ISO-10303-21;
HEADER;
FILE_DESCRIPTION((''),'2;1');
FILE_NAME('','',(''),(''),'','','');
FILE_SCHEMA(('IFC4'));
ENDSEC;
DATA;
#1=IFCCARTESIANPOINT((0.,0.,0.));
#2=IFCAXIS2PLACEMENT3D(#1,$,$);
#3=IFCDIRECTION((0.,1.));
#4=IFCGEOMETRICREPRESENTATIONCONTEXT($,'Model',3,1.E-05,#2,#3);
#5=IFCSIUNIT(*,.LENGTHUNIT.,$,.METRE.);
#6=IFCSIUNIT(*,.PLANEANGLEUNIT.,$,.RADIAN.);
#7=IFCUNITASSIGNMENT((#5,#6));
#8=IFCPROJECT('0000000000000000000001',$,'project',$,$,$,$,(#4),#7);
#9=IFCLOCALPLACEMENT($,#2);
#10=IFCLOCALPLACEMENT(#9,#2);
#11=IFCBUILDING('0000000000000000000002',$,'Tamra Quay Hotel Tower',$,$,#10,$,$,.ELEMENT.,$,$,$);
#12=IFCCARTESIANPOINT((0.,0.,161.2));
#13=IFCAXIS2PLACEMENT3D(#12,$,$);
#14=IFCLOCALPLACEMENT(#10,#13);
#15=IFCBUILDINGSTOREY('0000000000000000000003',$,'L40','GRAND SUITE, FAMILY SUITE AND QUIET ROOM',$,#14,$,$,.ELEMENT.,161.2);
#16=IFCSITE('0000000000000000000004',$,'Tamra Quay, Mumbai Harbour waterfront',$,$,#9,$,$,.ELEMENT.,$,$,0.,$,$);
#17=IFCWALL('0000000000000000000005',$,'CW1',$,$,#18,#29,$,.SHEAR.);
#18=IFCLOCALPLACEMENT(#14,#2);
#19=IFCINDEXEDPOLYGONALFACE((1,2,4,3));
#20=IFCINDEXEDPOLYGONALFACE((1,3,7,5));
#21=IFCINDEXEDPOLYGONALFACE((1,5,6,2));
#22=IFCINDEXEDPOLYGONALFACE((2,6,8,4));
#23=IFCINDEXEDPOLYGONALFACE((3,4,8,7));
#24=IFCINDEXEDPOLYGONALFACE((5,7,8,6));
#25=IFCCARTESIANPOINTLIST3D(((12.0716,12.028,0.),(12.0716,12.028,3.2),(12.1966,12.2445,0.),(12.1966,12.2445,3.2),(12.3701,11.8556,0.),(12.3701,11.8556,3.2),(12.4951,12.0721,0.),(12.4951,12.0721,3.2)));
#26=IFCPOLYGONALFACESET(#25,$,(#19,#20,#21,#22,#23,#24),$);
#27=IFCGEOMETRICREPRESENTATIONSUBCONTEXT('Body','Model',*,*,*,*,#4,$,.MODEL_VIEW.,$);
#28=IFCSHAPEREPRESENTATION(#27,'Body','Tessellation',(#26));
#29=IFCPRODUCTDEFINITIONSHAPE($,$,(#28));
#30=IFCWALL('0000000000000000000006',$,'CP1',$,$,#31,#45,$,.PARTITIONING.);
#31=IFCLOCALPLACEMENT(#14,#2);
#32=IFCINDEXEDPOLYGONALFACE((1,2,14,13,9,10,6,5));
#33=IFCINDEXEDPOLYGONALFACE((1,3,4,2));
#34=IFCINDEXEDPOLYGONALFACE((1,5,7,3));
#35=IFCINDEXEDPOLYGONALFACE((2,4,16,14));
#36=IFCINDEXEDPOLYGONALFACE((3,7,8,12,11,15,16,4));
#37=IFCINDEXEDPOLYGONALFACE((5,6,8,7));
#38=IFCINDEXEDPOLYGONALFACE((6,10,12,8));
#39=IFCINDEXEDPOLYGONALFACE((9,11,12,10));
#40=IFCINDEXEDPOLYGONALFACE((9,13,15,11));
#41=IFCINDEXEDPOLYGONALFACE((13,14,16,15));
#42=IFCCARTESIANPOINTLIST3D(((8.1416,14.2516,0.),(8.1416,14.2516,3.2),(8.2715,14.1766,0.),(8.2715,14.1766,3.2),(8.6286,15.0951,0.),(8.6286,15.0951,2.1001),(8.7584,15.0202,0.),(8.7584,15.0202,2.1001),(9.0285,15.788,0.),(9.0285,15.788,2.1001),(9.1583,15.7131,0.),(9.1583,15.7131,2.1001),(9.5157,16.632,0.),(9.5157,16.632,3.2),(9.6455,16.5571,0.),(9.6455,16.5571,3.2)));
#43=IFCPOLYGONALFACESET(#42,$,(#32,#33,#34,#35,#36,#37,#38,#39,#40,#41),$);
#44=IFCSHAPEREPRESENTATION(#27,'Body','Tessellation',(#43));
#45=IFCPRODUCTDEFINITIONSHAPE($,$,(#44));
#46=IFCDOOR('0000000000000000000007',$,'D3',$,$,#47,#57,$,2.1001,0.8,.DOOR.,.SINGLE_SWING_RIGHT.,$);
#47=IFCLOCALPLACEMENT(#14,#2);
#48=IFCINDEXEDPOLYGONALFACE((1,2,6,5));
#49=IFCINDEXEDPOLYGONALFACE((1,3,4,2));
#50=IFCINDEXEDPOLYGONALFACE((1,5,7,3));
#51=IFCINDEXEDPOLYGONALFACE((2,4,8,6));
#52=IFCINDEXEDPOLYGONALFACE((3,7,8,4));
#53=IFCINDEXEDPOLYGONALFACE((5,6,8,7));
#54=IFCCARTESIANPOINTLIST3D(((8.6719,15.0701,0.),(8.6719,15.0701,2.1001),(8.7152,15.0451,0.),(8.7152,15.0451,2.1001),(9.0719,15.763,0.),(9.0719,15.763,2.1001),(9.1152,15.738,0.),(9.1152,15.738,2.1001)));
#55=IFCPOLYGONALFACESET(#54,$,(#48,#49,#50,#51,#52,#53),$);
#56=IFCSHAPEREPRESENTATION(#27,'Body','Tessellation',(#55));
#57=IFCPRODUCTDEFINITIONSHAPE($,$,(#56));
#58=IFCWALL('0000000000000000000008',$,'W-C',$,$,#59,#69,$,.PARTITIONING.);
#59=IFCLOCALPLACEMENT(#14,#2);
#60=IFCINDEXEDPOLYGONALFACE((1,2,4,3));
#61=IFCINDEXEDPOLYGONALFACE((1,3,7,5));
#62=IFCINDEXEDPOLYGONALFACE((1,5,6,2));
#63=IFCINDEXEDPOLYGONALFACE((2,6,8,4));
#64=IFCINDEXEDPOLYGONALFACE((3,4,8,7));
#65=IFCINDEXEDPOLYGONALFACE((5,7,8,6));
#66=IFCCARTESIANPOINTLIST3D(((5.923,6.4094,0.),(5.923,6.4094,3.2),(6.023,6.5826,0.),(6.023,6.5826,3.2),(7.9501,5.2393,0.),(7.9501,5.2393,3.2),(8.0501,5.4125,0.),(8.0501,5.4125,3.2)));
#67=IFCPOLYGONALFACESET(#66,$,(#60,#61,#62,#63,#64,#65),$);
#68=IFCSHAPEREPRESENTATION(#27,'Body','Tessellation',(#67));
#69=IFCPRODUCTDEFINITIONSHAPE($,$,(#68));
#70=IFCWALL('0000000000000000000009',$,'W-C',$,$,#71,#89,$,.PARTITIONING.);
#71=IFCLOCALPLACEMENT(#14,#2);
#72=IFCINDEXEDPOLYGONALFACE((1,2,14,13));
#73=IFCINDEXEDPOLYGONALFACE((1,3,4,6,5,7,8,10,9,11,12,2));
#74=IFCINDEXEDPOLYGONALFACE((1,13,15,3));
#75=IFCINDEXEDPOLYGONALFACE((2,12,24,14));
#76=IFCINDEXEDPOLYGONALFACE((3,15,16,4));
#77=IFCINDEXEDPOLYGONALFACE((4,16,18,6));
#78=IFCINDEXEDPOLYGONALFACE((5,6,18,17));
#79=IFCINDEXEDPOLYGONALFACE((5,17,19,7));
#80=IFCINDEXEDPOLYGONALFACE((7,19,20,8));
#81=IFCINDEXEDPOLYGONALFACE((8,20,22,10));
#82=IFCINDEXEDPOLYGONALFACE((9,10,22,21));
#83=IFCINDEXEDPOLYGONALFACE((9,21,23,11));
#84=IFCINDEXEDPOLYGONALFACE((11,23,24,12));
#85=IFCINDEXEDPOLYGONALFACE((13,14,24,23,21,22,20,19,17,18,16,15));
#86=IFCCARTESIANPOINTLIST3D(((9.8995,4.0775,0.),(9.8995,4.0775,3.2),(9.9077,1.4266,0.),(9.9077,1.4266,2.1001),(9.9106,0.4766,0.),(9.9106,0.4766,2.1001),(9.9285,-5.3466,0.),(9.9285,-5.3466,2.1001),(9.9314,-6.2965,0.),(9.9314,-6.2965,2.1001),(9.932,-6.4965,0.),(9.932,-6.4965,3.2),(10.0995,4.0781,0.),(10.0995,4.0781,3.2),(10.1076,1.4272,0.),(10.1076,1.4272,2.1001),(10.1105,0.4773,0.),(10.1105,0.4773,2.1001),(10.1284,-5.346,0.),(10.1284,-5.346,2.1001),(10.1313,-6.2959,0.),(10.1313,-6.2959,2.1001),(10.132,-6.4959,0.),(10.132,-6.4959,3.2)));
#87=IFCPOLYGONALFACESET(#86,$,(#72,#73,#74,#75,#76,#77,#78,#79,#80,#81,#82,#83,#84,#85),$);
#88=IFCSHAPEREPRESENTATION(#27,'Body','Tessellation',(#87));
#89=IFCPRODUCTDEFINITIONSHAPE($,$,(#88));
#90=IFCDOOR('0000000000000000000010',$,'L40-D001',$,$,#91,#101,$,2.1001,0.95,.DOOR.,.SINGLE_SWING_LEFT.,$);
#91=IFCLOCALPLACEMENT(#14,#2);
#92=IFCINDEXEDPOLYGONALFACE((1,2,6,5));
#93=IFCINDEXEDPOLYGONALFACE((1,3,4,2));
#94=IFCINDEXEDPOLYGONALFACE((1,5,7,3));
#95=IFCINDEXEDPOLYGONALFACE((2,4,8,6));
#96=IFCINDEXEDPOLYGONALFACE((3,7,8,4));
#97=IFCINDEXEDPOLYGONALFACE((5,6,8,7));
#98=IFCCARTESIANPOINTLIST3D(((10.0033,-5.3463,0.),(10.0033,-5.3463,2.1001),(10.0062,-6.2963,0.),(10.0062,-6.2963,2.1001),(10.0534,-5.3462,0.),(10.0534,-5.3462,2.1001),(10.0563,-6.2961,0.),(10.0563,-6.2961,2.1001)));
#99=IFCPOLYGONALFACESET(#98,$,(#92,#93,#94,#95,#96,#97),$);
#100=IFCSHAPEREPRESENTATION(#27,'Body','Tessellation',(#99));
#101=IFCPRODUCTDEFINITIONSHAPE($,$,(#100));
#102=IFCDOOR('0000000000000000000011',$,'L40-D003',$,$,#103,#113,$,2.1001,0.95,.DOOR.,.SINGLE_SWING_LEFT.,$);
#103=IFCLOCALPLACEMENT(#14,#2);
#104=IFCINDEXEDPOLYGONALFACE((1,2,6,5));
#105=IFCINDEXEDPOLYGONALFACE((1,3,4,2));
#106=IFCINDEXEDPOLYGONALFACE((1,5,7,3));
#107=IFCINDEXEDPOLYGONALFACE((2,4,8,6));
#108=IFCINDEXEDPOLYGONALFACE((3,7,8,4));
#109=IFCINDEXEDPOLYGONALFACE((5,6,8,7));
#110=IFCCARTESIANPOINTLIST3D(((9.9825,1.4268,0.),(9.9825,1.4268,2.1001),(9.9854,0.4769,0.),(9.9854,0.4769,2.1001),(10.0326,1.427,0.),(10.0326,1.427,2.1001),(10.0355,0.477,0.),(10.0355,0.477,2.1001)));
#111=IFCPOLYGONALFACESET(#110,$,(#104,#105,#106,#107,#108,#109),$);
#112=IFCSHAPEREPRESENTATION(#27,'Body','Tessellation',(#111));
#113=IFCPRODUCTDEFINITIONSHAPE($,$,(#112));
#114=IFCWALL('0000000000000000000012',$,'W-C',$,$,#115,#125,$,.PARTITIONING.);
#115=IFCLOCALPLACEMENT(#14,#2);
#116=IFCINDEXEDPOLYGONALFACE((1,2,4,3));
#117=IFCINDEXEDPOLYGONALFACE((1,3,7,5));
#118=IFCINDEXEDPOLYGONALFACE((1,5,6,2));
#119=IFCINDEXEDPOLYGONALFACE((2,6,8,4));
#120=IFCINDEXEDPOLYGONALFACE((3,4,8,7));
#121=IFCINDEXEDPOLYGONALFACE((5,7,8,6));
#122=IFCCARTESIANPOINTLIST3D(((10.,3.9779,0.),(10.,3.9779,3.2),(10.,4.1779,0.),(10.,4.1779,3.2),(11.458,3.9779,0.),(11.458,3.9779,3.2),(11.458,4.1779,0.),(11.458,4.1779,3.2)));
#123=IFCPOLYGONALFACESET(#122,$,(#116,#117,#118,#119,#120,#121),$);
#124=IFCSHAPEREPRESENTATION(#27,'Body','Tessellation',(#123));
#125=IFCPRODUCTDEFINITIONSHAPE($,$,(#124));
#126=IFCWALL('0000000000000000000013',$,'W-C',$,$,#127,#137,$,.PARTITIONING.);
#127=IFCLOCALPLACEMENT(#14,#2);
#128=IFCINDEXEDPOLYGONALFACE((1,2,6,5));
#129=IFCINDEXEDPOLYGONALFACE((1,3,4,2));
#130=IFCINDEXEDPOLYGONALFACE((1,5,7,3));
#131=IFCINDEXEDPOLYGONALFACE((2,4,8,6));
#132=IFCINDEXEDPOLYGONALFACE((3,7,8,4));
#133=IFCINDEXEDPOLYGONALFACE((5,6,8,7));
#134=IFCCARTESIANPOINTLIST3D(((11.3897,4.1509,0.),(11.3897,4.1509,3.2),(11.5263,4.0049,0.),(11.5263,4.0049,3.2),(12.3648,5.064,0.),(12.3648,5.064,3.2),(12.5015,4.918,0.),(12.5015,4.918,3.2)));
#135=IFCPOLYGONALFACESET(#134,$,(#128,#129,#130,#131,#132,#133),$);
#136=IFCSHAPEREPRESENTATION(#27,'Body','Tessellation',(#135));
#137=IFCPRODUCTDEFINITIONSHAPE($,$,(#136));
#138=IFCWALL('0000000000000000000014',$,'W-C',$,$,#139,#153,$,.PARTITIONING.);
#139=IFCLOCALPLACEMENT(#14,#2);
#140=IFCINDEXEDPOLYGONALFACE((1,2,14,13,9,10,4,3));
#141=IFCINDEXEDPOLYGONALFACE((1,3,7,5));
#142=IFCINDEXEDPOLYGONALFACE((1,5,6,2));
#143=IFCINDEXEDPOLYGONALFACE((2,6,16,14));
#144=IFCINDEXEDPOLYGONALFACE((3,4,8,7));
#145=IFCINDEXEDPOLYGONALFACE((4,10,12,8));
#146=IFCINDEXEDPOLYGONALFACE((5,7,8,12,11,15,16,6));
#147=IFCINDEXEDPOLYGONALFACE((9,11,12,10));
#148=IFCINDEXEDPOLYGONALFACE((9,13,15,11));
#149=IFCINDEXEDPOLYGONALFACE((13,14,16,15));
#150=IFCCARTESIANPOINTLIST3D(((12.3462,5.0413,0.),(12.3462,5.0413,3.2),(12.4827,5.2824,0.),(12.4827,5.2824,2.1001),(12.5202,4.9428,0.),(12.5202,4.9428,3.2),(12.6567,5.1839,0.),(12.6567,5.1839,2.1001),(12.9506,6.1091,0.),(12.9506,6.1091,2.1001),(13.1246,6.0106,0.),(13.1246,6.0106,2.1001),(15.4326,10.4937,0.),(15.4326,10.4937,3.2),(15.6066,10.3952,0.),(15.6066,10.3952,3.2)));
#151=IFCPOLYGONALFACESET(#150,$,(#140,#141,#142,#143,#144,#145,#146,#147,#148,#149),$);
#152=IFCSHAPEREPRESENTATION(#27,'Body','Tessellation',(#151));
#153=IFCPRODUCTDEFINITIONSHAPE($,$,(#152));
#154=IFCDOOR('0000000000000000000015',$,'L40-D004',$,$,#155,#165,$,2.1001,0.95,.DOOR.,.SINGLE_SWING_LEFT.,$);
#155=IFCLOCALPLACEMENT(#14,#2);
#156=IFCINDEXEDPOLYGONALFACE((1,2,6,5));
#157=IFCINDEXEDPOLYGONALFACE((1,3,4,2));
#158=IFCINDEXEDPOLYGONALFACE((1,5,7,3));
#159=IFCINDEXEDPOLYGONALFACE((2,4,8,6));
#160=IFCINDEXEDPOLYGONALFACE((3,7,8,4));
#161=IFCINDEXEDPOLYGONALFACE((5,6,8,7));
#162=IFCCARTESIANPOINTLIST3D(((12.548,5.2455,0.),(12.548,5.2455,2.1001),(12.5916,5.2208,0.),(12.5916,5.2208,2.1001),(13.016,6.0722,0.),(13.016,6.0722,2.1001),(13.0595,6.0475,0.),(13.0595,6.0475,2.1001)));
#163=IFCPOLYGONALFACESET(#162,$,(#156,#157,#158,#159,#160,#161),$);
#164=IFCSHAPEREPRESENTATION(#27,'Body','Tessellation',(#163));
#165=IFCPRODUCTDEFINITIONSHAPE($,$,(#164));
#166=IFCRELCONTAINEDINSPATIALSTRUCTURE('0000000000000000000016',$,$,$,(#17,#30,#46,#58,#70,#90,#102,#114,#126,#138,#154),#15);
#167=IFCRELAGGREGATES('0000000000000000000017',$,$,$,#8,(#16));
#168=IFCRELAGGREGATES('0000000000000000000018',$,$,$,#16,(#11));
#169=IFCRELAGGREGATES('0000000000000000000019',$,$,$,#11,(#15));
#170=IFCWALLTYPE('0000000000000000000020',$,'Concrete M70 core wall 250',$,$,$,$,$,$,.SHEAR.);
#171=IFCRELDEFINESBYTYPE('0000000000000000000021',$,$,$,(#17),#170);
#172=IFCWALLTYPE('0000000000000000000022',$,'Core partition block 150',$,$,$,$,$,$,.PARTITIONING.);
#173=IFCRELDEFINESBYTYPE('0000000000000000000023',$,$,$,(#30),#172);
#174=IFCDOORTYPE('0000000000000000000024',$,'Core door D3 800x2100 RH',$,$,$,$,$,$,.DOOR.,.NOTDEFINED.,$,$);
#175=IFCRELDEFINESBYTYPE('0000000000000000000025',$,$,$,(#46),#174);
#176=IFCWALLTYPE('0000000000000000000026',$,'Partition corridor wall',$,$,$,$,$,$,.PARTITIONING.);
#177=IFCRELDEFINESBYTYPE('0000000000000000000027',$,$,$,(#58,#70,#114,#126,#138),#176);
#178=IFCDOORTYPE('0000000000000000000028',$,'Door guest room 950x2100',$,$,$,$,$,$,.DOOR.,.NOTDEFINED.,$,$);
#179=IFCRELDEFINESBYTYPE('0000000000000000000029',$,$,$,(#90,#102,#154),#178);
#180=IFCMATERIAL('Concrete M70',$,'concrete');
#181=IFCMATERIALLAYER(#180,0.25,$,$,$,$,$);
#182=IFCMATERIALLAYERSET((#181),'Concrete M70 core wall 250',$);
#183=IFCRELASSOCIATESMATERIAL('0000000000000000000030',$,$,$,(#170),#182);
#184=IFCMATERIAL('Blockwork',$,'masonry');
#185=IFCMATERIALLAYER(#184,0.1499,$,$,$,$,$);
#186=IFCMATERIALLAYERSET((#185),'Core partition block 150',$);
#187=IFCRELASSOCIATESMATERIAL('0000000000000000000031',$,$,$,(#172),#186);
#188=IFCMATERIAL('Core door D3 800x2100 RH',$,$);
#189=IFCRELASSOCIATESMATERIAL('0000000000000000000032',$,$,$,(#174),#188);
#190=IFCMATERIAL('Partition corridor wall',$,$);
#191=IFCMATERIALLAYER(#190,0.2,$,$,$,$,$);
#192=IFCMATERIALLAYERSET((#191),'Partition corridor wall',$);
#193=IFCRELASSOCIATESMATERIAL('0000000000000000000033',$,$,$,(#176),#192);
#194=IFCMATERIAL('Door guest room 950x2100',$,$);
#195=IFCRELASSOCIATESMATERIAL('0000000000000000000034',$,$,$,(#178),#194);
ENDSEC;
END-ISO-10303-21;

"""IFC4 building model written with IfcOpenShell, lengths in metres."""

from ifc_helpers import new_model, si_unit, direction, frame, frame_2d, origin, place, context, subcontext, project, spatial, rectangle, extrude, material, layer, layer_set, type_object, element, fill, save


model = new_model("IFC4")

# Units and contexts
model_context = context("Model", 3, precision=1e-05, world=origin(), true_north=direction((0.0, 1.0)))
body_context = subcontext(model_context, "Body", "Model", "MODEL_VIEW")
ifc_project = project(units=[si_unit("LENGTHUNIT", "METRE"), si_unit("PLANEANGLEUNIT", "RADIAN")], contexts=[model_context])

# Site, building, storey
site_placement = place(None, origin())
site = spatial("IfcSite", under=ifc_project, at=site_placement, Name="Tamra Quay, Mumbai Harbour waterfront", CompositionType="ELEMENT", RefElevation=0.0)
building_placement = place(site_placement, origin())
building = spatial("IfcBuilding", under=site, at=building_placement, Name="Tamra Quay Hotel Tower", CompositionType="ELEMENT")
storey_placement = place(building_placement, frame((0.0, 0.0, 161.2)))
storey = spatial("IfcBuildingStorey", under=building, at=storey_placement, Name="L40", Description="GRAND SUITE, FAMILY SUITE AND QUIET ROOM", CompositionType="ELEMENT", Elevation=161.2)

# Shared definitions
ifc_material_1 = material(Name="Concrete M70", Category="concrete")

# Shared definitions
ifc_layer_1 = layer(ifc_material_1, 0.25)
ifc_layer_set_1 = layer_set([ifc_layer_1], Name="Concrete M70 core wall 250")
wall_type_1 = type_object("IfcWallType", Name="Concrete M70 core wall 250", PredefinedType="SHEAR", material=ifc_layer_set_1)

# Wall
wall_1_placement = place(storey_placement, frame((12.4326, 11.9639, 0.0), z_axis=(0.0, 0.0, 1.0), x_axis=(-0.866056, 0.499947, 0.0)))
element("IfcWall", 1, at=wall_1_placement, inside=storey, type_object=wall_type_1, Name="CW1", PredefinedType="SHEAR", context=body_context, shape_type="SweptSolid", body=[
    extrude(rectangle(XDim=0.3447, YDim=0.25, at=frame_2d((0.1724, 0.0))), origin(), (0.0, 0.0, 1.0), 3.2),
])

# Wall, opening, door
ifc_material_2 = material(Name="Blockwork", Category="masonry")
ifc_layer_2 = layer(ifc_material_2, 0.1499)
ifc_layer_set_2 = layer_set([ifc_layer_2], Name="Core partition block 150")
wall_type_2 = type_object("IfcWallType", Name="Core partition block 150", PredefinedType="PARTITIONING", material=ifc_layer_set_2)
wall_2_placement = place(storey_placement, frame((8.2065, 14.2141, 0.0), z_axis=(0.0, 0.0, 1.0), x_axis=(0.499922, 0.86607, 0.0)))
wall_2 = element("IfcWall", 2, at=wall_2_placement, inside=storey, type_object=wall_type_2, Name="CP1", PredefinedType="PARTITIONING", context=body_context, shape_type="SweptSolid", body=[
    extrude(rectangle(XDim=2.7485, YDim=0.1499, at=frame_2d((1.3743, 0.0))), origin(), (0.0, 0.0, 1.0), 3.2),
])
opening_1_placement = place(wall_2_placement, frame((0.9741, 0.0, 0.0)))
opening_1 = element("IfcOpeningElement", 3, at=opening_1_placement, cuts=wall_2, PredefinedType="OPENING", context=body_context, shape_type="SweptSolid", body=[
    extrude(rectangle(XDim=0.8, YDim=2.1001, at=frame_2d((0.3999, 1.05))), frame((0.0, 0.085, 0.0), z_axis=(0.0, -1.0, 0.0), x_axis=(1.0, 0.0, 0.0)), (0.0, 0.0, 1.0), 0.1699),
])
ifc_material_3 = material(Name="Core door D3 800x2100 RH")
door_type_1 = type_object("IfcDoorType", Name="Core door D3 800x2100 RH", OperationType="NOTDEFINED", PredefinedType="DOOR", material=ifc_material_3)
door_1_placement = place(opening_1_placement, origin())
door_1 = element("IfcDoor", 4, at=door_1_placement, inside=storey, type_object=door_type_1, Name="D3", OperationType="SINGLE_SWING_RIGHT", OverallHeight=2.1001, OverallWidth=0.8, PredefinedType="DOOR", context=body_context, shape_type="SweptSolid", body=[
    extrude(rectangle(XDim=0.8, YDim=2.1001, at=frame_2d((0.3999, 1.05))), frame((0.0, 0.0249, 0.0), z_axis=(0.0, -1.0, 0.0), x_axis=(1.0, 0.0, 0.0)), (0.0, 0.0, 1.0), 0.05),
])
fill(opening_1, door_1)

# Wall
ifc_material_4 = material(Name="Partition corridor wall")
ifc_layer_3 = layer(ifc_material_4, 0.2)
ifc_layer_set_3 = layer_set([ifc_layer_3], Name="Partition corridor wall")
wall_type_3 = type_object("IfcWallType", Name="Partition corridor wall", PredefinedType="PARTITIONING", material=ifc_layer_set_3)
wall_3_placement = place(storey_placement, frame((5.9729, 6.4961, 0.0), z_axis=(0.0, 0.0, 1.0), x_axis=(0.866059, -0.499942, 0.0)))
element("IfcWall", 5, at=wall_3_placement, inside=storey, type_object=wall_type_3, Name="W-C", PredefinedType="PARTITIONING", context=body_context, shape_type="SweptSolid", body=[
    extrude(rectangle(XDim=2.3406, YDim=0.2, at=frame_2d((1.1704, 0.0))), origin(), (0.0, 0.0, 1.0), 3.2),
])

# Wall, openings, doors
wall_4_placement = place(storey_placement, frame((9.9995, 4.0779, 0.0), z_axis=(0.0, 0.0, 1.0), x_axis=(0.003071, -0.999995, 0.0)))
wall_4 = element("IfcWall", 6, at=wall_4_placement, inside=storey, type_object=wall_type_3, Name="W-C", PredefinedType="PARTITIONING", context=body_context, shape_type="SweptSolid", body=[
    extrude(rectangle(XDim=10.574, YDim=0.2, at=frame_2d((5.2871, 0.0))), origin(), (0.0, 0.0, 1.0), 3.2),
])
opening_2_placement = place(wall_4_placement, frame((9.4241, 0.0, 0.0)))
opening_2 = element("IfcOpeningElement", 7, at=opening_2_placement, cuts=wall_4, PredefinedType="OPENING", context=body_context, shape_type="SweptSolid", body=[
    extrude(rectangle(XDim=0.95, YDim=2.1001, at=frame_2d((0.4751, 1.05))), frame((0.0, 0.1099, 0.0), z_axis=(0.0, -1.0, 0.0), x_axis=(1.0, 0.0, 0.0)), (0.0, 0.0, 1.0), 0.22),
])
opening_3_placement = place(wall_4_placement, frame((2.6509, 0.0, 0.0)))
opening_3 = element("IfcOpeningElement", 8, at=opening_3_placement, cuts=wall_4, PredefinedType="OPENING", context=body_context, shape_type="SweptSolid", body=[
    extrude(rectangle(XDim=0.95, YDim=2.1001, at=frame_2d((0.4751, 1.05))), frame((0.0, 0.1099, 0.0), z_axis=(0.0, -1.0, 0.0), x_axis=(1.0, 0.0, 0.0)), (0.0, 0.0, 1.0), 0.22),
])
ifc_material_5 = material(Name="Door guest room 950x2100")
door_type_2 = type_object("IfcDoorType", Name="Door guest room 950x2100", OperationType="NOTDEFINED", PredefinedType="DOOR", material=ifc_material_5)
door_2_placement = place(opening_2_placement, origin())
door_2 = element("IfcDoor", 9, at=door_2_placement, inside=storey, type_object=door_type_2, Name="L40-D001", OperationType="SINGLE_SWING_LEFT", OverallHeight=2.1001, OverallWidth=0.95, PredefinedType="DOOR", context=body_context, shape_type="SweptSolid", body=[
    extrude(rectangle(XDim=0.95, YDim=2.1001, at=frame_2d((0.4751, 1.05))), frame((0.0, 0.0249, 0.0), z_axis=(0.0, -1.0, 0.0), x_axis=(1.0, 0.0, 0.0)), (0.0, 0.0, 1.0), 0.05),
])
fill(opening_2, door_2)
door_3_placement = place(opening_3_placement, origin())
door_3 = element("IfcDoor", 10, at=door_3_placement, inside=storey, type_object=door_type_2, Name="L40-D003", OperationType="SINGLE_SWING_LEFT", OverallHeight=2.1001, OverallWidth=0.95, PredefinedType="DOOR", context=body_context, shape_type="SweptSolid", body=[
    extrude(rectangle(XDim=0.95, YDim=2.1001, at=frame_2d((0.4751, 1.05))), frame((0.0, 0.0249, 0.0), z_axis=(0.0, -1.0, 0.0), x_axis=(1.0, 0.0, 0.0)), (0.0, 0.0, 1.0), 0.05),
])
fill(opening_3, door_3)

# Walls
wall_5_placement = place(storey_placement, frame((10.0, 4.0779, 0.0), z_axis=(0.0, 0.0, 1.0), x_axis=(1.0, 0.0, 0.0)))
element("IfcWall", 11, at=wall_5_placement, inside=storey, type_object=wall_type_3, Name="W-C", PredefinedType="PARTITIONING", context=body_context, shape_type="SweptSolid", body=[
    extrude(rectangle(XDim=1.458, YDim=0.2, at=frame_2d((0.729, 0.0))), origin(), (0.0, 0.0, 1.0), 3.2),
])
wall_6_placement = place(storey_placement, frame((11.458, 4.0779, 0.0), z_axis=(0.0, 0.0, 1.0), x_axis=(0.729936, 0.683515, 0.0)))
element("IfcWall", 12, at=wall_6_placement, inside=storey, type_object=wall_type_3, Name="W-C", PredefinedType="PARTITIONING", context=body_context, shape_type="SweptSolid", body=[
    extrude(rectangle(XDim=1.3359, YDim=0.2, at=frame_2d((0.668, 0.0))), origin(), (0.0, 0.0, 1.0), 3.2),
])

# Wall, opening, door
wall_7_placement = place(storey_placement, frame((12.4331, 4.9919, 0.0), z_axis=(0.0, 0.0, 1.0), x_axis=(0.492618, 0.870246, 0.0)))
wall_7 = element("IfcWall", 13, at=wall_7_placement, inside=storey, type_object=wall_type_3, Name="W-C", PredefinedType="PARTITIONING", context=body_context, shape_type="SweptSolid", body=[
    extrude(rectangle(XDim=6.2654, YDim=0.2, at=frame_2d((3.1328, 0.0))), origin(), (0.0, 0.0, 1.0), 3.2),
])
opening_4_placement = place(wall_7_placement, frame((0.2771, 0.0, 0.0)))
opening_4 = element("IfcOpeningElement", 14, at=opening_4_placement, cuts=wall_7, PredefinedType="OPENING", context=body_context, shape_type="SweptSolid", body=[
    extrude(rectangle(XDim=0.95, YDim=2.1001, at=frame_2d((0.4751, 1.05))), frame((0.0, 0.1099, 0.0), z_axis=(0.0, -1.0, 0.0), x_axis=(1.0, 0.0, 0.0)), (0.0, 0.0, 1.0), 0.22),
])
door_4_placement = place(opening_4_placement, origin())
door_4 = element("IfcDoor", 15, at=door_4_placement, inside=storey, type_object=door_type_2, Name="L40-D004", OperationType="SINGLE_SWING_LEFT", OverallHeight=2.1001, OverallWidth=0.95, PredefinedType="DOOR", context=body_context, shape_type="SweptSolid", body=[
    extrude(rectangle(XDim=0.95, YDim=2.1001, at=frame_2d((0.4751, 1.05))), frame((0.0, 0.0249, 0.0), z_axis=(0.0, -1.0, 0.0), x_axis=(1.0, 0.0, 0.0)), (0.0, 0.0, 1.0), 0.05),
])
fill(opening_4, door_4)

save(model, "model.ifc")
